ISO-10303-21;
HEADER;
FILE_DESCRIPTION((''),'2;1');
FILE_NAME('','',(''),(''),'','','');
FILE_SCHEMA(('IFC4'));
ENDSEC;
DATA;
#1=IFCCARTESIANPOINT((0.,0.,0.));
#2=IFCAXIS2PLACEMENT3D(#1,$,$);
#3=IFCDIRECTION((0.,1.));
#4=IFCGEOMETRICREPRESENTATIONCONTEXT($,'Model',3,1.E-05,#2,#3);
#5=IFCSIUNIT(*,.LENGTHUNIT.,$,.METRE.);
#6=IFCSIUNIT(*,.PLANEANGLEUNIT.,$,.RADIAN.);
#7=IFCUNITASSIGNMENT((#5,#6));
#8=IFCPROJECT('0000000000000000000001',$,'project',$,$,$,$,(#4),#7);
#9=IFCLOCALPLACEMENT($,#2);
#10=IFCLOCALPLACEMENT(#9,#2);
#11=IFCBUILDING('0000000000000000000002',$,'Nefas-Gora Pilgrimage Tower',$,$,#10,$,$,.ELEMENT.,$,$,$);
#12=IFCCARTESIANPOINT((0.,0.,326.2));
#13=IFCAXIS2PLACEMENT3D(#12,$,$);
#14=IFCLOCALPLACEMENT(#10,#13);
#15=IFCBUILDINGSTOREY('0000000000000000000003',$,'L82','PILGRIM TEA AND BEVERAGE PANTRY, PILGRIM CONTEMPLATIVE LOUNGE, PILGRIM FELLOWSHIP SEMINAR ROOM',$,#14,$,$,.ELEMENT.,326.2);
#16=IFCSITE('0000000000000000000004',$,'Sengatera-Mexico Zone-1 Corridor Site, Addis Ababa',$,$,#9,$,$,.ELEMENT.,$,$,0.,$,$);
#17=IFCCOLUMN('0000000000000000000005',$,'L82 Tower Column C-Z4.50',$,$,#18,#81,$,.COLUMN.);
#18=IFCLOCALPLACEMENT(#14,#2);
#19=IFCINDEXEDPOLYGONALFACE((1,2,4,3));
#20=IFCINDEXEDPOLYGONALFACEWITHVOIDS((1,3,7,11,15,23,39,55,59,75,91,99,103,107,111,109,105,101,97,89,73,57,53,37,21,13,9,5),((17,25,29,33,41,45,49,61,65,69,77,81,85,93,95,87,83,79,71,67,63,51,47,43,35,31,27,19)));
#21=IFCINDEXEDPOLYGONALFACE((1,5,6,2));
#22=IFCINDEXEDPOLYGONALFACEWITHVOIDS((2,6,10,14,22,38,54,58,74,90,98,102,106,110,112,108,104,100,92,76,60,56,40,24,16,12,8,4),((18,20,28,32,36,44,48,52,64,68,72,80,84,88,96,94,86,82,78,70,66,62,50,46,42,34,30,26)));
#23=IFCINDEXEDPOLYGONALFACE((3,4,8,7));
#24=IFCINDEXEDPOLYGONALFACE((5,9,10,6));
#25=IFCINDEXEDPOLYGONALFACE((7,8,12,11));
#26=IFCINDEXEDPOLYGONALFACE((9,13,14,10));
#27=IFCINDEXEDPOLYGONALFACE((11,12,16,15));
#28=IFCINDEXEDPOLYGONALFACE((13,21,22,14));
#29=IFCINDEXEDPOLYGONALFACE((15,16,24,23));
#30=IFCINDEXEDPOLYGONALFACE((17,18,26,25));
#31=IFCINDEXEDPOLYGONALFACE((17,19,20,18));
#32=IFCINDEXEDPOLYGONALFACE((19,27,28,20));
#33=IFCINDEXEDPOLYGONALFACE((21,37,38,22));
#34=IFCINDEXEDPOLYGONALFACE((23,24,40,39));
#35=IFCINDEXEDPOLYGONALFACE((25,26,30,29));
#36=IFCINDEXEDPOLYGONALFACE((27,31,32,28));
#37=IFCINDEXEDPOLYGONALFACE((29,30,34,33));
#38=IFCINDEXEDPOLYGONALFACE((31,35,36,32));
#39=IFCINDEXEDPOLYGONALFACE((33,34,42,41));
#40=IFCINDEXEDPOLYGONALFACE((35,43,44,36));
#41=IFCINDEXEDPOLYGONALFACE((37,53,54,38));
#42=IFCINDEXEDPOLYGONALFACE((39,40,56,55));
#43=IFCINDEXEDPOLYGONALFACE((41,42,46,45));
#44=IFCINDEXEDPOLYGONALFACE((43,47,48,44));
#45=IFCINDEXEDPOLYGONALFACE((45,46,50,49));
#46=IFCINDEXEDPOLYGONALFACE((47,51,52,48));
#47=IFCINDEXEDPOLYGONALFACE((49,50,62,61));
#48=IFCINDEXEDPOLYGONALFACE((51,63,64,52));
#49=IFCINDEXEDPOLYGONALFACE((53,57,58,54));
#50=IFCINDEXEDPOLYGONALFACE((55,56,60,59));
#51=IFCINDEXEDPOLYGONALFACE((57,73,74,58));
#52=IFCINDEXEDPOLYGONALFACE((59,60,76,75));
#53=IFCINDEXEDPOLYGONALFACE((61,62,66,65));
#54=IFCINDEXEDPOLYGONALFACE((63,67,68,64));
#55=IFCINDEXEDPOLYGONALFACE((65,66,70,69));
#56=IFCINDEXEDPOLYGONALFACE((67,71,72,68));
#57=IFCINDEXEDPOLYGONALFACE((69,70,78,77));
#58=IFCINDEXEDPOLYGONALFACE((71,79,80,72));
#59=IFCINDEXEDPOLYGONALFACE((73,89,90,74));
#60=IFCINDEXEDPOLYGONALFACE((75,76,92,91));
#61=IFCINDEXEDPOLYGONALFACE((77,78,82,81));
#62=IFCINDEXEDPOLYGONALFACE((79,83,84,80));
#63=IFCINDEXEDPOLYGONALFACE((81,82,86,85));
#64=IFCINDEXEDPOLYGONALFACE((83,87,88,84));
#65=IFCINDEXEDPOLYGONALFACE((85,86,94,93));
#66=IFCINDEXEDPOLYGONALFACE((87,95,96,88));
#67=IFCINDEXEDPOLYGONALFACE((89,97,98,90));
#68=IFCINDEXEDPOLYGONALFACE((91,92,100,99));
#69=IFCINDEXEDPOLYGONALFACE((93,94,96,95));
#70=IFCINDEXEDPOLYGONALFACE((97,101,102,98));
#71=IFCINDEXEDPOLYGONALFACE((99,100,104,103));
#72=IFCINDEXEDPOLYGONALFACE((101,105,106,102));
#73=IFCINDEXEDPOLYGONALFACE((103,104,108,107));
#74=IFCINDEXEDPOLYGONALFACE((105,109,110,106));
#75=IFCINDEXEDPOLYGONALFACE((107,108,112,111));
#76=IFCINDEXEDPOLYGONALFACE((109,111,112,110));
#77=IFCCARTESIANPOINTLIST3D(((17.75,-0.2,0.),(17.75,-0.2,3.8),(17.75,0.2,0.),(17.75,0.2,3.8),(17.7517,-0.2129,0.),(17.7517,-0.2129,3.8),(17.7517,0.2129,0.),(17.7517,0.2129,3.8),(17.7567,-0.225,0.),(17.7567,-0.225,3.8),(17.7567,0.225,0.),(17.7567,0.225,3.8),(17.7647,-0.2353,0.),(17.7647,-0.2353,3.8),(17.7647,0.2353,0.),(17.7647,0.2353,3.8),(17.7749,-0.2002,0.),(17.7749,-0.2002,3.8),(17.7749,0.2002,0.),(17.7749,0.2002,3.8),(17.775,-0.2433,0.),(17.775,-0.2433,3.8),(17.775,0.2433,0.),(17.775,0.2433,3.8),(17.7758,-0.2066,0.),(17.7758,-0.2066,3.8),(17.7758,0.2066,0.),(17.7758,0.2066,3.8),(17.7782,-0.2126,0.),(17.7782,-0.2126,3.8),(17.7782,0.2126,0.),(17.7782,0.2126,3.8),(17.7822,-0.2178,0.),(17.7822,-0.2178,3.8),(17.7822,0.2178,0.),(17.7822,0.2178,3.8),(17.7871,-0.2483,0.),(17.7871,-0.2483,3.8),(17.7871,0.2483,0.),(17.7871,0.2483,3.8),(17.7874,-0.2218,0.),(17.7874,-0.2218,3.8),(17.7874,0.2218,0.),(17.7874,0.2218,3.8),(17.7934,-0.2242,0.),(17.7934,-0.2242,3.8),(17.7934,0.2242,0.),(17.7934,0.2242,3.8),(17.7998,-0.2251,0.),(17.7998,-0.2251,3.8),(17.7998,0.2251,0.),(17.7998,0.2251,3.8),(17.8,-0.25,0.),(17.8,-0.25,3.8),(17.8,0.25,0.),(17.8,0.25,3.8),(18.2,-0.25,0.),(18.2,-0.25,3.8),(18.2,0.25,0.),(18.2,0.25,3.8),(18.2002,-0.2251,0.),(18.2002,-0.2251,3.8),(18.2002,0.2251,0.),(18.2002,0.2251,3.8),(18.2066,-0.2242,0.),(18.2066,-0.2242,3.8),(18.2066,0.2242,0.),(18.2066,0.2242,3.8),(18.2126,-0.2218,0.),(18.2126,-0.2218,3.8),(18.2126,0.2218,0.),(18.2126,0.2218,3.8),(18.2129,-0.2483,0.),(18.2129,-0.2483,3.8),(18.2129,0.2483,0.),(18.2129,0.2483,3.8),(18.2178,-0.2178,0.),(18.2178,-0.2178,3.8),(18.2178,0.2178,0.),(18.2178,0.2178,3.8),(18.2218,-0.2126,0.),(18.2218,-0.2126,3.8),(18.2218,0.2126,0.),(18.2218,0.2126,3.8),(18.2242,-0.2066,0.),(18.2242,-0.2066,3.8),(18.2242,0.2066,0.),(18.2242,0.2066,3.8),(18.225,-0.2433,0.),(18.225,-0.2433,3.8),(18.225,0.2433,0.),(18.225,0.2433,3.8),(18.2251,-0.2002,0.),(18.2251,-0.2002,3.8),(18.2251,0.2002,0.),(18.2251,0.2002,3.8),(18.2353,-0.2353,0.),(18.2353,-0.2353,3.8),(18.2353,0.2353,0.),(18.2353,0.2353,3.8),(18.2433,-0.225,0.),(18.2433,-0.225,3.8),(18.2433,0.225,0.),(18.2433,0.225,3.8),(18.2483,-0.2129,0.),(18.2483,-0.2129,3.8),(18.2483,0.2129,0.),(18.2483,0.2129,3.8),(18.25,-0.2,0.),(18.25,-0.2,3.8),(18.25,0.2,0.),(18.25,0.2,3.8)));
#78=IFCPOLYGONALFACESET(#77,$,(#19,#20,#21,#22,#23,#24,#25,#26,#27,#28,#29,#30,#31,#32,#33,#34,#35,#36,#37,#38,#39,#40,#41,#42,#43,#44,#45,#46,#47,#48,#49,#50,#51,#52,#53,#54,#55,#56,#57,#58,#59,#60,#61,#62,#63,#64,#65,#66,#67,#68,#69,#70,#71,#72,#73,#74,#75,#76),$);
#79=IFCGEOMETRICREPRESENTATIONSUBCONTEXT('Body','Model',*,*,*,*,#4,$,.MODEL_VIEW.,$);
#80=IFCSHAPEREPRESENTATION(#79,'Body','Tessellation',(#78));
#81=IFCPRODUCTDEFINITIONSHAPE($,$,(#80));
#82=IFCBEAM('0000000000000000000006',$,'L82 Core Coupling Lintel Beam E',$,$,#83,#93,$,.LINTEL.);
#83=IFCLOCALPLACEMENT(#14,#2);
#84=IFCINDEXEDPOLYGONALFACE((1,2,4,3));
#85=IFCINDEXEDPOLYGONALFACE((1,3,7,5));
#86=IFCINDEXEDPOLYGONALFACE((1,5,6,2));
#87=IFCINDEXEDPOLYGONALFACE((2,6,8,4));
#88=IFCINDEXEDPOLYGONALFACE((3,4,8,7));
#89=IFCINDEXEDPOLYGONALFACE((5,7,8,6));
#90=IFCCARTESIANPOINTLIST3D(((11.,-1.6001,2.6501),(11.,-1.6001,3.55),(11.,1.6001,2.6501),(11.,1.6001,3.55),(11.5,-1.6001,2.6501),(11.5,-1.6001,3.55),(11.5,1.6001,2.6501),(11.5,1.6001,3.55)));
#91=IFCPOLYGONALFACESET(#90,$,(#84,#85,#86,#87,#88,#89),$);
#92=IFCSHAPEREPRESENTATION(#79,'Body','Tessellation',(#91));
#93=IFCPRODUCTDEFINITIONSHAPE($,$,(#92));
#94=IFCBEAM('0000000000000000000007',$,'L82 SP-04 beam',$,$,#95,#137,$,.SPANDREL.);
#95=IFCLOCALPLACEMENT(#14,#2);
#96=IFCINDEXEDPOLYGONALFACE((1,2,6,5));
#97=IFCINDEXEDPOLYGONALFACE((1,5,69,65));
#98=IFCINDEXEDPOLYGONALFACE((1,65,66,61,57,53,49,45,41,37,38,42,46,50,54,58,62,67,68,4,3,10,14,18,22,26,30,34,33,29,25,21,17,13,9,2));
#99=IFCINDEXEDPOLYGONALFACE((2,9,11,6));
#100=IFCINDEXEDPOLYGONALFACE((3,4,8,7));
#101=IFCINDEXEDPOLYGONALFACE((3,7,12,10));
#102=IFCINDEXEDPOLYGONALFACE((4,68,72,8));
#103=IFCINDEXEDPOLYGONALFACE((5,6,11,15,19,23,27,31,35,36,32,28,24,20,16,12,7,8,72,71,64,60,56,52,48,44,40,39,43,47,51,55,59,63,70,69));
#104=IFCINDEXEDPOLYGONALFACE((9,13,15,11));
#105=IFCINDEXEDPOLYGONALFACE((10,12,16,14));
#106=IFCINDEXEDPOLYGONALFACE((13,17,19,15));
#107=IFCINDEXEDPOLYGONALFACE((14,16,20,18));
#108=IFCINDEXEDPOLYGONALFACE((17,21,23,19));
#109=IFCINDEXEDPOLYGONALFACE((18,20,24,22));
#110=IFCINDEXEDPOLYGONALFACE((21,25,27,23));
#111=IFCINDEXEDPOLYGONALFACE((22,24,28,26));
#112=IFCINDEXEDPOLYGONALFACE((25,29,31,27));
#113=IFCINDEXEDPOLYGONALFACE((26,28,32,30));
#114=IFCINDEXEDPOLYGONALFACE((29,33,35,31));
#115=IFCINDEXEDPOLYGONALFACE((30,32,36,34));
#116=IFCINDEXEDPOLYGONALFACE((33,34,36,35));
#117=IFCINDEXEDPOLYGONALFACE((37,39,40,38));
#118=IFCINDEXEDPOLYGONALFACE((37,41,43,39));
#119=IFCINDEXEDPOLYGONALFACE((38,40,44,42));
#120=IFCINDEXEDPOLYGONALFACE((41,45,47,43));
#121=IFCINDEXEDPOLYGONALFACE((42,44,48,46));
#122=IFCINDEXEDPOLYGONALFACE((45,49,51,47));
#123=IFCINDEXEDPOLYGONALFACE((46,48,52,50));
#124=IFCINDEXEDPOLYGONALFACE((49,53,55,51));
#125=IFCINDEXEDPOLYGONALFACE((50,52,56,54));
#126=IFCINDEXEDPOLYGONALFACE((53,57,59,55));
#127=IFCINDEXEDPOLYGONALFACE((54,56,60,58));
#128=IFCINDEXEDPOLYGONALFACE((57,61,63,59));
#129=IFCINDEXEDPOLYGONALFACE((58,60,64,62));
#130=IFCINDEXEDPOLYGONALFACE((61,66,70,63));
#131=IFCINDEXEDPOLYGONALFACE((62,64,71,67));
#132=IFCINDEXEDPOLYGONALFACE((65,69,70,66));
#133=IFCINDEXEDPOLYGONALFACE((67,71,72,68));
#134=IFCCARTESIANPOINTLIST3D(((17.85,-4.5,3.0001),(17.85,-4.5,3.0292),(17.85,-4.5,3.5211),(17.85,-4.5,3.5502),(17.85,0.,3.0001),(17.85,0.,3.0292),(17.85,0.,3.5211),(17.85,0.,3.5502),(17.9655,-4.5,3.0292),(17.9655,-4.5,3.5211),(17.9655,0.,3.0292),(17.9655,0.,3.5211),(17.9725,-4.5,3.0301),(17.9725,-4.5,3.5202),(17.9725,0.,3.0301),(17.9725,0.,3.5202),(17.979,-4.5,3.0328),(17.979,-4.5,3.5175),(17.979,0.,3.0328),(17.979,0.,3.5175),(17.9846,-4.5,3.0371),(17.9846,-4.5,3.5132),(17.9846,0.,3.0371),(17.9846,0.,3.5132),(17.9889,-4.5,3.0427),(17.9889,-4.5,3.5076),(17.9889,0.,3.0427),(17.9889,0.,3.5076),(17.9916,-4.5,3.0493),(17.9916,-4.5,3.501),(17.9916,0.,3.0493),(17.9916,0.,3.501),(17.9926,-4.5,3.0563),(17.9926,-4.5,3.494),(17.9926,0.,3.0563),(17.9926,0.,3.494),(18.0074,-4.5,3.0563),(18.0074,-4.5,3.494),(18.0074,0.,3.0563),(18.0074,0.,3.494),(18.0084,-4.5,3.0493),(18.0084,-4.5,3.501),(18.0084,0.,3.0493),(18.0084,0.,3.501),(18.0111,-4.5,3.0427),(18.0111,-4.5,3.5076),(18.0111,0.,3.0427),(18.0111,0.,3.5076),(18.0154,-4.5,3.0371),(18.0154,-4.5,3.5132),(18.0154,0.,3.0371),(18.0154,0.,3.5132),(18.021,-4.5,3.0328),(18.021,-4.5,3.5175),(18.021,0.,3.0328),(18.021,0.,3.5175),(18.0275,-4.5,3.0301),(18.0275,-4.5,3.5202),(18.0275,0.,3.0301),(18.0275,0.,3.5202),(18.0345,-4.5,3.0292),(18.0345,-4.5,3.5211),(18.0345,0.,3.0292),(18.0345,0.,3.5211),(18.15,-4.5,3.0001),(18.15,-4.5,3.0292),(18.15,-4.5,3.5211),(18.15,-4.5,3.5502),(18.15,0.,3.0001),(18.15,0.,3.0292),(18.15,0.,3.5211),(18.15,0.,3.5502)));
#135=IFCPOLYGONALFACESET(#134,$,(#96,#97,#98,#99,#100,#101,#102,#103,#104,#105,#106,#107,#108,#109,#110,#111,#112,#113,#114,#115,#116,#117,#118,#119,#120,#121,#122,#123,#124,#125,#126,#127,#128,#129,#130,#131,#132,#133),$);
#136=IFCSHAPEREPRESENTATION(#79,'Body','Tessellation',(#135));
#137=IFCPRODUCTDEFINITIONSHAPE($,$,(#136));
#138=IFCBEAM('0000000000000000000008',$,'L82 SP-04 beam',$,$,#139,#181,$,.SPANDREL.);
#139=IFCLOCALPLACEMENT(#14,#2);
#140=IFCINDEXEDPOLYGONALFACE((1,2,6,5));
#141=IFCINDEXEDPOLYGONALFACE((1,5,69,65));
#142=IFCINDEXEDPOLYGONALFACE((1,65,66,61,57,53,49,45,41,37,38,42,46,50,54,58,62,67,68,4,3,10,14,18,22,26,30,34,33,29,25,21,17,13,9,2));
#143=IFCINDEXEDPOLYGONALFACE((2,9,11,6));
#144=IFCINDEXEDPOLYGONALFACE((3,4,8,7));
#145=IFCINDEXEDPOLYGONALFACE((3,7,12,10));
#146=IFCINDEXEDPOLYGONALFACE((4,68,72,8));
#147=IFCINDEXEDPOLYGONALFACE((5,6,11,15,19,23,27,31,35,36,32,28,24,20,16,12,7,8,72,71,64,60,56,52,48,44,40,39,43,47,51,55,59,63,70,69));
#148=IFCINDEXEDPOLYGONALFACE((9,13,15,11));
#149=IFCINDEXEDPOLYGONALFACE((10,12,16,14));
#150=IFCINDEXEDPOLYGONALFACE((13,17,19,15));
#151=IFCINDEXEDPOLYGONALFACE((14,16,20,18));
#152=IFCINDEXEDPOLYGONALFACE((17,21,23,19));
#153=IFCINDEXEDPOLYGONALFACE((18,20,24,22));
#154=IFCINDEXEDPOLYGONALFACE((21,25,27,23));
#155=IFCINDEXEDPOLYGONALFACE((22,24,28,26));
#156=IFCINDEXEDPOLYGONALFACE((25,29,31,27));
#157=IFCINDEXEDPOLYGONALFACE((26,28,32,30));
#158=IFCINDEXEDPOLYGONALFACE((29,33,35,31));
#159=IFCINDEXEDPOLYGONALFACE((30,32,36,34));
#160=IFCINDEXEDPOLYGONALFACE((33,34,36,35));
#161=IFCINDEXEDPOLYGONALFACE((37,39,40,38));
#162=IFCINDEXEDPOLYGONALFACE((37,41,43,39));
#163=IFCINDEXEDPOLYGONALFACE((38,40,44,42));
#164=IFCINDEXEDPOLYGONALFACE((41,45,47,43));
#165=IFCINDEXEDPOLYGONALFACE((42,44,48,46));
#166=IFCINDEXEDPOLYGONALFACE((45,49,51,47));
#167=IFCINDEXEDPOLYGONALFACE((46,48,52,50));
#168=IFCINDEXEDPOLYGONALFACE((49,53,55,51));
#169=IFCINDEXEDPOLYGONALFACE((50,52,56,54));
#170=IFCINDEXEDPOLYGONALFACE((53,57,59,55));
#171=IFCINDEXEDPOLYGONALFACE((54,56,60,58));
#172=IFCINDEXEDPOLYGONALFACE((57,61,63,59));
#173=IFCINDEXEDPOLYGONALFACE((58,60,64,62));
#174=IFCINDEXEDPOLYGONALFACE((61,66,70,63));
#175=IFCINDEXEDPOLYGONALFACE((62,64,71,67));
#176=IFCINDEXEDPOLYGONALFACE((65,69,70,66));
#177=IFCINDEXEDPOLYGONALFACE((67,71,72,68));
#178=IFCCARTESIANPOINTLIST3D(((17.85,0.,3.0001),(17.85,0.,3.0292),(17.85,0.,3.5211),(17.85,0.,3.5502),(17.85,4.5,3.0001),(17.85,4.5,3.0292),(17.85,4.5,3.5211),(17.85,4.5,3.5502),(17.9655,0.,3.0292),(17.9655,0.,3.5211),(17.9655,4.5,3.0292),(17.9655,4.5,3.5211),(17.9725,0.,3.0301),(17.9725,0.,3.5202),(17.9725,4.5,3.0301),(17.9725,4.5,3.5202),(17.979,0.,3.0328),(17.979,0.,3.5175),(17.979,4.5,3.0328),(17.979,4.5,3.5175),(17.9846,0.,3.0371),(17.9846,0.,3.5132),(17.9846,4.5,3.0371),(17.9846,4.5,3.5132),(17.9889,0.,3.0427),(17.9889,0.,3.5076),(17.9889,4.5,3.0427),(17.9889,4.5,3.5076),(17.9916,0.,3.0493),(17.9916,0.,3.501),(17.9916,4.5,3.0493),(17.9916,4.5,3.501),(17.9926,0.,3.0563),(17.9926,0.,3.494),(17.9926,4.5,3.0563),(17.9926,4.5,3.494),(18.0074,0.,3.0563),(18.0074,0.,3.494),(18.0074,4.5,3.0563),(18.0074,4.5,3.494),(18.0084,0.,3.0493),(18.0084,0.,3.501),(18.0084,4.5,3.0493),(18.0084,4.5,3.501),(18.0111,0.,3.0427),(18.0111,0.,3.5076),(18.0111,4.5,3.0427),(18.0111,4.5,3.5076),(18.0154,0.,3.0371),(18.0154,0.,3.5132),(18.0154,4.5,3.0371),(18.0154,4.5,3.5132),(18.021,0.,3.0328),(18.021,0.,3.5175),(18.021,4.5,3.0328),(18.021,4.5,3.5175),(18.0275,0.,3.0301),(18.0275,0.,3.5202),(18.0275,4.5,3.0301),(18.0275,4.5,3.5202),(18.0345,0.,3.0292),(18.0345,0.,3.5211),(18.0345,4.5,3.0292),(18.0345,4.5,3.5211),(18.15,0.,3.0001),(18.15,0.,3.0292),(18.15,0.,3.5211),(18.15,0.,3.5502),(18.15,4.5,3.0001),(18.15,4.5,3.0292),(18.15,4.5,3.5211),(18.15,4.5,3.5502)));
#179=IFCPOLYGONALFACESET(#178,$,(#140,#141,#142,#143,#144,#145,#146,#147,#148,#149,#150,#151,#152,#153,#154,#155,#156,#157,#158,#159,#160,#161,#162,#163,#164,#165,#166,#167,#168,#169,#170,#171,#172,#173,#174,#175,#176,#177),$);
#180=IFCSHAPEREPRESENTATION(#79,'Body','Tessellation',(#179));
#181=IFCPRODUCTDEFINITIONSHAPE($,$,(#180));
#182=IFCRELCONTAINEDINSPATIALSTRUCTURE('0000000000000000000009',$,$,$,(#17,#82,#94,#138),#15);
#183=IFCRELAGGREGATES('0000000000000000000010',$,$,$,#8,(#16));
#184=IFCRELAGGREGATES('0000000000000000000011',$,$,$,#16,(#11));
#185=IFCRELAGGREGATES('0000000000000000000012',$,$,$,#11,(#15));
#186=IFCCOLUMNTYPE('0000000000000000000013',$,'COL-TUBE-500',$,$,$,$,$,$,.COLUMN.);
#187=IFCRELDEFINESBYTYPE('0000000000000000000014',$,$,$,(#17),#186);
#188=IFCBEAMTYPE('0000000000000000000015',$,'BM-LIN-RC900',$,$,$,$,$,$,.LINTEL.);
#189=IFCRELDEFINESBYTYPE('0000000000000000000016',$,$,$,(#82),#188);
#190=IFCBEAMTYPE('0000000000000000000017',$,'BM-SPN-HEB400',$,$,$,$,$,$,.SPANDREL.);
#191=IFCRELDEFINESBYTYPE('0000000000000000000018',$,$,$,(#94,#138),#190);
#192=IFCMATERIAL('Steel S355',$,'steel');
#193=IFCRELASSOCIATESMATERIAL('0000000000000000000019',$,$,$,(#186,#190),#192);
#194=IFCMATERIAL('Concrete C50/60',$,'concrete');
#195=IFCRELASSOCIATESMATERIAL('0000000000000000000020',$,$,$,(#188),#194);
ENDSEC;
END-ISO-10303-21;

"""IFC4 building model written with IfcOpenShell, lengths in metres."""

from ifc_helpers import new_model, si_unit, direction, frame, origin, origin_2d, place, context, subcontext, project, spatial, rectangle, hollow_rectangle, i_section, extrude, source, transform, mapped, material, material_profile, profile_set, type_object, element, save


model = new_model("IFC4")

# Units and contexts
model_context = context("Model", 3, precision=1e-05, world=origin(), true_north=direction((0.0, 1.0)))
body_context = subcontext(model_context, "Body", "Model", "MODEL_VIEW")
ifc_project = project(units=[si_unit("LENGTHUNIT", "METRE"), si_unit("PLANEANGLEUNIT", "RADIAN")], contexts=[model_context])

# Site, building, storey
site_placement = place(None, origin())
site = spatial("IfcSite", under=ifc_project, at=site_placement, Name="Sengatera-Mexico Zone-1 Corridor Site, Addis Ababa", CompositionType="ELEMENT", RefElevation=0.0)
building_placement = place(site_placement, origin())
building = spatial("IfcBuilding", under=site, at=building_placement, Name="Nefas-Gora Pilgrimage Tower", CompositionType="ELEMENT")
storey_placement = place(building_placement, frame((0.0, 0.0, 326.2)))
storey = spatial("IfcBuildingStorey", under=building, at=storey_placement, Name="L82", Description="PILGRIM TEA AND BEVERAGE PANTRY, PILGRIM CONTEMPLATIVE LOUNGE, PILGRIM FELLOWSHIP SEMINAR ROOM", CompositionType="ELEMENT", Elevation=326.2)

# Column
ifc_material_1 = material(Name="Steel S355", Category="steel")
ifc_material_profile_1 = material_profile(ifc_material_1, hollow_rectangle(XDim=0.5, YDim=0.5, WallThickness=0.0249, InnerFilletRadius=0.0249, OuterFilletRadius=0.05, at=origin_2d()), Name="SHS 500x500x25")
ifc_profile_set_1 = profile_set([ifc_material_profile_1], Name="Steel S355")
column_type_1 = type_object("IfcColumnType", Name="COL-TUBE-500", PredefinedType="COLUMN", material=ifc_profile_set_1)
shared_shape_1 = source(origin(), body_context, "Body", "SweptSolid", [
    extrude(hollow_rectangle(XDim=0.5, YDim=0.5, WallThickness=0.0249, InnerFilletRadius=0.0249, OuterFilletRadius=0.05, at=origin_2d()), origin(), (0.0, 0.0, 1.0), 3.8),
])
for number, where, z_axis, x_axis, name in (
    (1, (18.0, 0.0, 0.0), (0.0, 0.0, 1.0), (1.0, 0.0, 0.0), "L82 Tower Column C-Z4.50"),
):
    element("IfcColumn", number, at=place(storey_placement, frame(where, z_axis=z_axis, x_axis=x_axis)), inside=storey, type_object=column_type_1, Name=name, PredefinedType="COLUMN", context=body_context, shape_type="MappedRepresentation", body=[
        mapped(shared_shape_1, transform((0.0, 0.0, 0.0), x_axis=(1.0, 0.0, 0.0), y_axis=(0.0, 1.0, 0.0), z_axis=(0.0, 0.0, 1.0), scale=1.0)),
    ])

# Beams
ifc_material_2 = material(Name="Concrete C50/60", Category="concrete")
ifc_material_profile_2 = material_profile(ifc_material_2, rectangle(XDim=0.5, YDim=0.8999, at=origin_2d()), Name="RC 500x900")
ifc_profile_set_2 = profile_set([ifc_material_profile_2], Name="Concrete C50/60")
beam_type_1 = type_object("IfcBeamType", Name="BM-LIN-RC900", PredefinedType="LINTEL", material=ifc_profile_set_2)
shared_shape_2 = source(origin(), body_context, "Body", "SweptSolid", [
    extrude(rectangle(XDim=0.5, YDim=0.8999, at=origin_2d()), origin(), (0.0, 0.0, 1.0), 3.2002),
])
beam_placement = place(storey_placement, frame((11.25, -1.6001, 3.1001), z_axis=(0.0, 1.0, 0.0), x_axis=(-1.0, 0.0, 0.0)))
element("IfcBeam", 2, at=beam_placement, inside=storey, type_object=beam_type_1, Name="L82 Core Coupling Lintel Beam E", PredefinedType="LINTEL", context=body_context, shape_type="MappedRepresentation", body=[
    mapped(shared_shape_2, transform((0.0, 0.0, 0.0), x_axis=(1.0, 0.0, 0.0), y_axis=(0.0, 1.0, 0.0), z_axis=(0.0, 0.0, 1.0), scale=1.0)),
])
ifc_material_profile_3 = material_profile(ifc_material_1, i_section(OverallWidth=0.3, OverallDepth=0.55, WebThickness=0.0149, FlangeThickness=0.0291, FilletRadius=0.0271, at=origin_2d()), Name="HEB 550")
ifc_profile_set_3 = profile_set([ifc_material_profile_3], Name="Steel S355")
beam_type_2 = type_object("IfcBeamType", Name="BM-SPN-HEB400", PredefinedType="SPANDREL", material=ifc_profile_set_3)
shared_shape_3 = source(origin(), body_context, "Body", "SweptSolid", [
    extrude(i_section(OverallWidth=0.3, OverallDepth=0.55, WebThickness=0.0149, FlangeThickness=0.0291, FilletRadius=0.0271, at=origin_2d()), origin(), (0.0, 0.0, 1.0), 4.5),
])
for number, where, z_axis, x_axis, name in (
    (3, (18.0, -4.5, 3.2751), (0.0, 1.0, 0.0), (-1.0, 0.0, 0.0), "L82 SP-04 beam"),
    (4, (18.0, 0.0, 3.2751), (0.0, 1.0, 0.0), (-1.0, 0.0, 0.0), "L82 SP-04 beam"),
):
    element("IfcBeam", number, at=place(storey_placement, frame(where, z_axis=z_axis, x_axis=x_axis)), inside=storey, type_object=beam_type_2, Name=name, PredefinedType="SPANDREL", context=body_context, shape_type="MappedRepresentation", body=[
        mapped(shared_shape_3, transform((0.0, 0.0, 0.0), x_axis=(1.0, 0.0, 0.0), y_axis=(0.0, 1.0, 0.0), z_axis=(0.0, 0.0, 1.0), scale=1.0)),
    ])

save(model, "model.ifc")
